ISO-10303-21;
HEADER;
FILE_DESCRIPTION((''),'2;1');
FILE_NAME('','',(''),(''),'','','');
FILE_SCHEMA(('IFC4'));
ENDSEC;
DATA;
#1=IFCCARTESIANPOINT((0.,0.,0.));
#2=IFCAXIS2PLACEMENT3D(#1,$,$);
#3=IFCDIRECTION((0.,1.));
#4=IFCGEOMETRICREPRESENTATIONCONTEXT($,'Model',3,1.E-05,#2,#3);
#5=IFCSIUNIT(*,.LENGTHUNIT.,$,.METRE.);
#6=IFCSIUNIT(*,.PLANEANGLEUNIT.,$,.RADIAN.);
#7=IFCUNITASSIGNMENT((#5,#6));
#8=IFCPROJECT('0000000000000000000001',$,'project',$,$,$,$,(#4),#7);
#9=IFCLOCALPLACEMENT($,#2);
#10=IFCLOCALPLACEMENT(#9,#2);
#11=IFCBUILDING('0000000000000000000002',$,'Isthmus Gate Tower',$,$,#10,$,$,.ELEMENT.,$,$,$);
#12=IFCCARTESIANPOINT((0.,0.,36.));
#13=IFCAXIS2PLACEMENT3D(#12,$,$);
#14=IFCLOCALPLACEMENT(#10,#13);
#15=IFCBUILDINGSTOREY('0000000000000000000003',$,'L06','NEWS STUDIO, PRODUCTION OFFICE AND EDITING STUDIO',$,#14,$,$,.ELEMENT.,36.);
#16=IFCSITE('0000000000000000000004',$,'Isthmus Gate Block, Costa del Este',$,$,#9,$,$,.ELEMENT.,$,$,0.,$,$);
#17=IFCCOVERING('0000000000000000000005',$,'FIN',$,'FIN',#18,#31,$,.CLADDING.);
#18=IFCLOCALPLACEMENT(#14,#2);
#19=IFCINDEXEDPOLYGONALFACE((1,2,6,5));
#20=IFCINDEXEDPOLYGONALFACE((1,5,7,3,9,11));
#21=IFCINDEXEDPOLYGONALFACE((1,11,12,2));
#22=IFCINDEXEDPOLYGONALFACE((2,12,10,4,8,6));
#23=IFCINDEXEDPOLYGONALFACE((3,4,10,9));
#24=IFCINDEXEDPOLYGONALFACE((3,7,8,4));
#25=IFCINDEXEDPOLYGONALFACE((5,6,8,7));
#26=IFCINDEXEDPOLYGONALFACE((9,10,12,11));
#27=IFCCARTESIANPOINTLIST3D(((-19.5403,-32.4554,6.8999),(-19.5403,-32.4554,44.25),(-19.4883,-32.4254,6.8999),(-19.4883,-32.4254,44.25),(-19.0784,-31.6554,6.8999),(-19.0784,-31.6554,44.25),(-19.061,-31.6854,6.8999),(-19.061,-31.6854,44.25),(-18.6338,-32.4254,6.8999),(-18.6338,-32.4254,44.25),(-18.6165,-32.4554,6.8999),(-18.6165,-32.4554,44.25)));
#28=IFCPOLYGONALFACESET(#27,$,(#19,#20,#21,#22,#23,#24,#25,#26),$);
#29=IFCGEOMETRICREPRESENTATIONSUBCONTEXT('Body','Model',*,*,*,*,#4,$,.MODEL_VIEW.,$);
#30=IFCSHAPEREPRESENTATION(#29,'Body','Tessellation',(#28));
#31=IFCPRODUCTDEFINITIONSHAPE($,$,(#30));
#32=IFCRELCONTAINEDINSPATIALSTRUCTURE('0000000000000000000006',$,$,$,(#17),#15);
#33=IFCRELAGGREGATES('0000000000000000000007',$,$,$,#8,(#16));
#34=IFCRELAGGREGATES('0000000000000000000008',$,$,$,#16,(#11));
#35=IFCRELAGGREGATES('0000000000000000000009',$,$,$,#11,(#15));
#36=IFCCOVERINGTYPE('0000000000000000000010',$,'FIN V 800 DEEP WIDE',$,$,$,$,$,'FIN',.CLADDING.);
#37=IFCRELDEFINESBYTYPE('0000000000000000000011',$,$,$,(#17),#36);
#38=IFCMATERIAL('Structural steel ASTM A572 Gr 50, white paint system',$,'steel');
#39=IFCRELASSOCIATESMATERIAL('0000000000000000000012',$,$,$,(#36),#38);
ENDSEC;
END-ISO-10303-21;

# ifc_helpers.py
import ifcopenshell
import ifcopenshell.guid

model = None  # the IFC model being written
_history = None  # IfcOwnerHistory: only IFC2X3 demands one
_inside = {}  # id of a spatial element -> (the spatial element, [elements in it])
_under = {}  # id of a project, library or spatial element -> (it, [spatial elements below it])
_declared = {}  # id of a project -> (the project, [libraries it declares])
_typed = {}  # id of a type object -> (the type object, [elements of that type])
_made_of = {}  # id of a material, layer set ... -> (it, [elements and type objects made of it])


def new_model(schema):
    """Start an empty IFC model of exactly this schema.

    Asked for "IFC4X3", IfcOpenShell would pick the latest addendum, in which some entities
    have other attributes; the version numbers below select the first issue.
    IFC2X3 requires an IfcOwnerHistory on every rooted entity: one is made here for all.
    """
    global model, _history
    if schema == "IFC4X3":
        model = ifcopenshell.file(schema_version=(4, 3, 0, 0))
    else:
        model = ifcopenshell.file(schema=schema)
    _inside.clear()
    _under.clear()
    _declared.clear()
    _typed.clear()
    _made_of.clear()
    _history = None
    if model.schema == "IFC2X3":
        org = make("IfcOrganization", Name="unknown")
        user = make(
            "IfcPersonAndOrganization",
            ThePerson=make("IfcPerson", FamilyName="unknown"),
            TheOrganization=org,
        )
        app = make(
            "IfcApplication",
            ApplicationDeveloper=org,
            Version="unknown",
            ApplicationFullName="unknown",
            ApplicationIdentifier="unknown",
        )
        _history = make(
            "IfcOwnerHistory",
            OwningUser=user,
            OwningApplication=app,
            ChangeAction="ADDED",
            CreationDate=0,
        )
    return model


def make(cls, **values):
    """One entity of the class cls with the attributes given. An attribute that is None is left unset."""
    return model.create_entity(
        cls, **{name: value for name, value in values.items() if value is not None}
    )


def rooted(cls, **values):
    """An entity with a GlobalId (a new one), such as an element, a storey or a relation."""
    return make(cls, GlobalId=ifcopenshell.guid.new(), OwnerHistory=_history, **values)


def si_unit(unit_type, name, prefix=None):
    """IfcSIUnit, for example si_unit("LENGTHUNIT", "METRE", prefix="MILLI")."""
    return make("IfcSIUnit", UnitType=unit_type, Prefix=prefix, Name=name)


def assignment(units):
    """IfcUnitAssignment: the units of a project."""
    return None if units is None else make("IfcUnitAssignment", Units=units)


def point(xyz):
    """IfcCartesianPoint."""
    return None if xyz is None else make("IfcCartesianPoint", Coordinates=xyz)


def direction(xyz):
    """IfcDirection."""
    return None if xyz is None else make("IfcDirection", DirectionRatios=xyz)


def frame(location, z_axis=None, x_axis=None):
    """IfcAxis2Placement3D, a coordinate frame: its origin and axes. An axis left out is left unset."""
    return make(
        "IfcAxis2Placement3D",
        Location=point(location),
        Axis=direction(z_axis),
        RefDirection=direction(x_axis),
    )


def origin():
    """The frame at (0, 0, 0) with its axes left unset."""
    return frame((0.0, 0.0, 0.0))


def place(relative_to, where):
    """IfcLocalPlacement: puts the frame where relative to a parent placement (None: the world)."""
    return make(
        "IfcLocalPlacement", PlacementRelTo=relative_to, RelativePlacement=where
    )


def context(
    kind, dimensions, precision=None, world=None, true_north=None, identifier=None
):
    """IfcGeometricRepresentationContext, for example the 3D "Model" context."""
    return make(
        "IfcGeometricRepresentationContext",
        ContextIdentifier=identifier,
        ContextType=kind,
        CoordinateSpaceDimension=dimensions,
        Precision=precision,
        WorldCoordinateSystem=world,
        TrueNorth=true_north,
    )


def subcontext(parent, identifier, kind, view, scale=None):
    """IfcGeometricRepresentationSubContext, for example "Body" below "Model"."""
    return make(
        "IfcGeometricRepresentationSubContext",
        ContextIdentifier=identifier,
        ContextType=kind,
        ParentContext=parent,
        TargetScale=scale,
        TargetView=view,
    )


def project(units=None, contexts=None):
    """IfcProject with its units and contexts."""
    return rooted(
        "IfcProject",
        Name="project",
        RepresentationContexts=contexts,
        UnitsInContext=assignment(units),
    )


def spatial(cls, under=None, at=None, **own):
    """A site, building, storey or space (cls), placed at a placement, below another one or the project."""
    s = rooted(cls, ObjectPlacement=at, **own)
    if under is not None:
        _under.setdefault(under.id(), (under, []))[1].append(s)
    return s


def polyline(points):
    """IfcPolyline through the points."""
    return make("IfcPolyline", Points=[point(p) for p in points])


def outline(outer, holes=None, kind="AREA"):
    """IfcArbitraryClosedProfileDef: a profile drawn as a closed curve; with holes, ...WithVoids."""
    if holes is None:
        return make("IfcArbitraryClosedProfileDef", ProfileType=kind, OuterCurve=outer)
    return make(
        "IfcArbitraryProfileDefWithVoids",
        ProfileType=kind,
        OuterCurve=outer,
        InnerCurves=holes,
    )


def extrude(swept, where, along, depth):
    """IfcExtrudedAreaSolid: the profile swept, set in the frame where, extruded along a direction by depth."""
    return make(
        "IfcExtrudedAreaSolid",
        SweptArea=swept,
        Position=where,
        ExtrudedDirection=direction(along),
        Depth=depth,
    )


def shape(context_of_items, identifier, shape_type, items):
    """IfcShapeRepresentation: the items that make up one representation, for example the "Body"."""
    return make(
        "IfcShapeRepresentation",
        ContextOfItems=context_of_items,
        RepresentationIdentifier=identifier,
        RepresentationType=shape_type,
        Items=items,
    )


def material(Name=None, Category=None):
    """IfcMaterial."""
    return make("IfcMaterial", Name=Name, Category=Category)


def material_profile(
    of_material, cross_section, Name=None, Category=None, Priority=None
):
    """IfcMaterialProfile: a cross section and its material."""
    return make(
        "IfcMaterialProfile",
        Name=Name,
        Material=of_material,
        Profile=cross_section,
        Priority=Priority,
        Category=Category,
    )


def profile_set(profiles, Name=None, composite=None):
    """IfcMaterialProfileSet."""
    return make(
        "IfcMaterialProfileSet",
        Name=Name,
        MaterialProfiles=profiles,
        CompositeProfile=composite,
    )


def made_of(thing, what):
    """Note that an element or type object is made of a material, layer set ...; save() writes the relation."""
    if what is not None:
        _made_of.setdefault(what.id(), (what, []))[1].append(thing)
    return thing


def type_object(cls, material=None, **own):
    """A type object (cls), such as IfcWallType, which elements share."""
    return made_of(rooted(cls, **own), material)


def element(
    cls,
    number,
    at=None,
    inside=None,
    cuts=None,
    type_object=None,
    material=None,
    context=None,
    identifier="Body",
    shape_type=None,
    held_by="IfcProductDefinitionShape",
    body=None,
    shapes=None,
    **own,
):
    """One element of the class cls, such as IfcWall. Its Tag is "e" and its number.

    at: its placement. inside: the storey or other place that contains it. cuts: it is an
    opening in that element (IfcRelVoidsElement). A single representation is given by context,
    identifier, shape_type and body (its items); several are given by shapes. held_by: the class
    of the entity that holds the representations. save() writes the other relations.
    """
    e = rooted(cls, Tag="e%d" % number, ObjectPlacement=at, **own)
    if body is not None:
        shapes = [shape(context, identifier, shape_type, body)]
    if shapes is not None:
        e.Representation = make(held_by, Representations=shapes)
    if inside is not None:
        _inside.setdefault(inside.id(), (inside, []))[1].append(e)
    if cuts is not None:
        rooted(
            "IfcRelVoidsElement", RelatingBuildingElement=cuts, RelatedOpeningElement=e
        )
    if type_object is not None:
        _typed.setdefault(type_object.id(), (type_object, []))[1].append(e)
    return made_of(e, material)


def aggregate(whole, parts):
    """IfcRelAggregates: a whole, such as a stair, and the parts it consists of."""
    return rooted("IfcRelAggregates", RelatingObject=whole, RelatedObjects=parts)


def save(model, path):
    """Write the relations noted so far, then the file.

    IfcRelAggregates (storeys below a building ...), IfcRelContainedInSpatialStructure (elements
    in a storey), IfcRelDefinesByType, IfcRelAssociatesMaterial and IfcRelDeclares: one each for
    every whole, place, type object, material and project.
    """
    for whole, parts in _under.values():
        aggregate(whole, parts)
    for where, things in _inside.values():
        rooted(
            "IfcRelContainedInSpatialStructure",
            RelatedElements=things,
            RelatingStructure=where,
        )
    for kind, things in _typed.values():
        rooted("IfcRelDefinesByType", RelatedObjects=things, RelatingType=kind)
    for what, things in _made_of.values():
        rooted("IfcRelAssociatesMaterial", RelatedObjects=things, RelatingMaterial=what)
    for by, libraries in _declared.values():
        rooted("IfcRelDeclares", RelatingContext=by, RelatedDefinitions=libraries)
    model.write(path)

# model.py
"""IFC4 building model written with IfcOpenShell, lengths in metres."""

from ifc_helpers import new_model, si_unit, direction, frame, origin, place, context, subcontext, project, spatial, polyline, outline, extrude, material, material_profile, profile_set, type_object, element, save


model = new_model("IFC4")

# Units and contexts
model_context = context("Model", 3, precision=1e-05, world=origin(), true_north=direction((0.0, 1.0)))
body_context = subcontext(model_context, "Body", "Model", "MODEL_VIEW")
ifc_project = project(units=[si_unit("LENGTHUNIT", "METRE"), si_unit("PLANEANGLEUNIT", "RADIAN")], contexts=[model_context])

# Site, building, storey
site_placement = place(None, origin())
site = spatial("IfcSite", under=ifc_project, at=site_placement, Name="Isthmus Gate Block, Costa del Este", CompositionType="ELEMENT", RefElevation=0.0)
building_placement = place(site_placement, origin())
building = spatial("IfcBuilding", under=site, at=building_placement, Name="Isthmus Gate Tower", CompositionType="ELEMENT")
storey_placement = place(building_placement, frame((0.0, 0.0, 36.0)))
storey = spatial("IfcBuildingStorey", under=building, at=storey_placement, Name="L06", Description="NEWS STUDIO, PRODUCTION OFFICE AND EDITING STUDIO", CompositionType="ELEMENT", Elevation=36.0)

# Covering
ifc_material_1 = material(Name="Structural steel ASTM A572 Gr 50, white paint system", Category="steel")
ifc_material_profile_1 = material_profile(ifc_material_1, outline(polyline([(0.0, -0.4619), (0.8, 0.0), (0.0, 0.4619), (0.0, 0.4272), (0.74, 0.0), (0.0, -0.4272), (0.0, -0.4619)])), Name="V800W")
ifc_profile_set_1 = profile_set([ifc_material_profile_1], Name="Structural steel ASTM A572 Gr 50, white paint system")
covering_type_1 = type_object("IfcCoveringType", Name="FIN V 800 DEEP WIDE", ElementType="FIN", PredefinedType="CLADDING", material=ifc_profile_set_1)
covering_1_placement = place(storey_placement, frame((-18.8474, -32.0554, 6.8999), z_axis=(0.0, 0.0, 1.0), x_axis=(-0.866025, -0.5, 0.0)))
element("IfcCovering", 1, at=covering_1_placement, inside=storey, type_object=covering_type_1, Name="FIN", ObjectType="FIN", PredefinedType="CLADDING", context=body_context, shape_type="SweptSolid", body=[
    extrude(outline(polyline([(0.0, -0.4619), (0.8, 0.0), (0.0, 0.4619), (0.0, 0.4272), (0.74, 0.0), (0.0, -0.4272), (0.0, -0.4619)])), origin(), (0.0, 0.0, 1.0), 37.3501),
])

save(model, "model.ifc")
